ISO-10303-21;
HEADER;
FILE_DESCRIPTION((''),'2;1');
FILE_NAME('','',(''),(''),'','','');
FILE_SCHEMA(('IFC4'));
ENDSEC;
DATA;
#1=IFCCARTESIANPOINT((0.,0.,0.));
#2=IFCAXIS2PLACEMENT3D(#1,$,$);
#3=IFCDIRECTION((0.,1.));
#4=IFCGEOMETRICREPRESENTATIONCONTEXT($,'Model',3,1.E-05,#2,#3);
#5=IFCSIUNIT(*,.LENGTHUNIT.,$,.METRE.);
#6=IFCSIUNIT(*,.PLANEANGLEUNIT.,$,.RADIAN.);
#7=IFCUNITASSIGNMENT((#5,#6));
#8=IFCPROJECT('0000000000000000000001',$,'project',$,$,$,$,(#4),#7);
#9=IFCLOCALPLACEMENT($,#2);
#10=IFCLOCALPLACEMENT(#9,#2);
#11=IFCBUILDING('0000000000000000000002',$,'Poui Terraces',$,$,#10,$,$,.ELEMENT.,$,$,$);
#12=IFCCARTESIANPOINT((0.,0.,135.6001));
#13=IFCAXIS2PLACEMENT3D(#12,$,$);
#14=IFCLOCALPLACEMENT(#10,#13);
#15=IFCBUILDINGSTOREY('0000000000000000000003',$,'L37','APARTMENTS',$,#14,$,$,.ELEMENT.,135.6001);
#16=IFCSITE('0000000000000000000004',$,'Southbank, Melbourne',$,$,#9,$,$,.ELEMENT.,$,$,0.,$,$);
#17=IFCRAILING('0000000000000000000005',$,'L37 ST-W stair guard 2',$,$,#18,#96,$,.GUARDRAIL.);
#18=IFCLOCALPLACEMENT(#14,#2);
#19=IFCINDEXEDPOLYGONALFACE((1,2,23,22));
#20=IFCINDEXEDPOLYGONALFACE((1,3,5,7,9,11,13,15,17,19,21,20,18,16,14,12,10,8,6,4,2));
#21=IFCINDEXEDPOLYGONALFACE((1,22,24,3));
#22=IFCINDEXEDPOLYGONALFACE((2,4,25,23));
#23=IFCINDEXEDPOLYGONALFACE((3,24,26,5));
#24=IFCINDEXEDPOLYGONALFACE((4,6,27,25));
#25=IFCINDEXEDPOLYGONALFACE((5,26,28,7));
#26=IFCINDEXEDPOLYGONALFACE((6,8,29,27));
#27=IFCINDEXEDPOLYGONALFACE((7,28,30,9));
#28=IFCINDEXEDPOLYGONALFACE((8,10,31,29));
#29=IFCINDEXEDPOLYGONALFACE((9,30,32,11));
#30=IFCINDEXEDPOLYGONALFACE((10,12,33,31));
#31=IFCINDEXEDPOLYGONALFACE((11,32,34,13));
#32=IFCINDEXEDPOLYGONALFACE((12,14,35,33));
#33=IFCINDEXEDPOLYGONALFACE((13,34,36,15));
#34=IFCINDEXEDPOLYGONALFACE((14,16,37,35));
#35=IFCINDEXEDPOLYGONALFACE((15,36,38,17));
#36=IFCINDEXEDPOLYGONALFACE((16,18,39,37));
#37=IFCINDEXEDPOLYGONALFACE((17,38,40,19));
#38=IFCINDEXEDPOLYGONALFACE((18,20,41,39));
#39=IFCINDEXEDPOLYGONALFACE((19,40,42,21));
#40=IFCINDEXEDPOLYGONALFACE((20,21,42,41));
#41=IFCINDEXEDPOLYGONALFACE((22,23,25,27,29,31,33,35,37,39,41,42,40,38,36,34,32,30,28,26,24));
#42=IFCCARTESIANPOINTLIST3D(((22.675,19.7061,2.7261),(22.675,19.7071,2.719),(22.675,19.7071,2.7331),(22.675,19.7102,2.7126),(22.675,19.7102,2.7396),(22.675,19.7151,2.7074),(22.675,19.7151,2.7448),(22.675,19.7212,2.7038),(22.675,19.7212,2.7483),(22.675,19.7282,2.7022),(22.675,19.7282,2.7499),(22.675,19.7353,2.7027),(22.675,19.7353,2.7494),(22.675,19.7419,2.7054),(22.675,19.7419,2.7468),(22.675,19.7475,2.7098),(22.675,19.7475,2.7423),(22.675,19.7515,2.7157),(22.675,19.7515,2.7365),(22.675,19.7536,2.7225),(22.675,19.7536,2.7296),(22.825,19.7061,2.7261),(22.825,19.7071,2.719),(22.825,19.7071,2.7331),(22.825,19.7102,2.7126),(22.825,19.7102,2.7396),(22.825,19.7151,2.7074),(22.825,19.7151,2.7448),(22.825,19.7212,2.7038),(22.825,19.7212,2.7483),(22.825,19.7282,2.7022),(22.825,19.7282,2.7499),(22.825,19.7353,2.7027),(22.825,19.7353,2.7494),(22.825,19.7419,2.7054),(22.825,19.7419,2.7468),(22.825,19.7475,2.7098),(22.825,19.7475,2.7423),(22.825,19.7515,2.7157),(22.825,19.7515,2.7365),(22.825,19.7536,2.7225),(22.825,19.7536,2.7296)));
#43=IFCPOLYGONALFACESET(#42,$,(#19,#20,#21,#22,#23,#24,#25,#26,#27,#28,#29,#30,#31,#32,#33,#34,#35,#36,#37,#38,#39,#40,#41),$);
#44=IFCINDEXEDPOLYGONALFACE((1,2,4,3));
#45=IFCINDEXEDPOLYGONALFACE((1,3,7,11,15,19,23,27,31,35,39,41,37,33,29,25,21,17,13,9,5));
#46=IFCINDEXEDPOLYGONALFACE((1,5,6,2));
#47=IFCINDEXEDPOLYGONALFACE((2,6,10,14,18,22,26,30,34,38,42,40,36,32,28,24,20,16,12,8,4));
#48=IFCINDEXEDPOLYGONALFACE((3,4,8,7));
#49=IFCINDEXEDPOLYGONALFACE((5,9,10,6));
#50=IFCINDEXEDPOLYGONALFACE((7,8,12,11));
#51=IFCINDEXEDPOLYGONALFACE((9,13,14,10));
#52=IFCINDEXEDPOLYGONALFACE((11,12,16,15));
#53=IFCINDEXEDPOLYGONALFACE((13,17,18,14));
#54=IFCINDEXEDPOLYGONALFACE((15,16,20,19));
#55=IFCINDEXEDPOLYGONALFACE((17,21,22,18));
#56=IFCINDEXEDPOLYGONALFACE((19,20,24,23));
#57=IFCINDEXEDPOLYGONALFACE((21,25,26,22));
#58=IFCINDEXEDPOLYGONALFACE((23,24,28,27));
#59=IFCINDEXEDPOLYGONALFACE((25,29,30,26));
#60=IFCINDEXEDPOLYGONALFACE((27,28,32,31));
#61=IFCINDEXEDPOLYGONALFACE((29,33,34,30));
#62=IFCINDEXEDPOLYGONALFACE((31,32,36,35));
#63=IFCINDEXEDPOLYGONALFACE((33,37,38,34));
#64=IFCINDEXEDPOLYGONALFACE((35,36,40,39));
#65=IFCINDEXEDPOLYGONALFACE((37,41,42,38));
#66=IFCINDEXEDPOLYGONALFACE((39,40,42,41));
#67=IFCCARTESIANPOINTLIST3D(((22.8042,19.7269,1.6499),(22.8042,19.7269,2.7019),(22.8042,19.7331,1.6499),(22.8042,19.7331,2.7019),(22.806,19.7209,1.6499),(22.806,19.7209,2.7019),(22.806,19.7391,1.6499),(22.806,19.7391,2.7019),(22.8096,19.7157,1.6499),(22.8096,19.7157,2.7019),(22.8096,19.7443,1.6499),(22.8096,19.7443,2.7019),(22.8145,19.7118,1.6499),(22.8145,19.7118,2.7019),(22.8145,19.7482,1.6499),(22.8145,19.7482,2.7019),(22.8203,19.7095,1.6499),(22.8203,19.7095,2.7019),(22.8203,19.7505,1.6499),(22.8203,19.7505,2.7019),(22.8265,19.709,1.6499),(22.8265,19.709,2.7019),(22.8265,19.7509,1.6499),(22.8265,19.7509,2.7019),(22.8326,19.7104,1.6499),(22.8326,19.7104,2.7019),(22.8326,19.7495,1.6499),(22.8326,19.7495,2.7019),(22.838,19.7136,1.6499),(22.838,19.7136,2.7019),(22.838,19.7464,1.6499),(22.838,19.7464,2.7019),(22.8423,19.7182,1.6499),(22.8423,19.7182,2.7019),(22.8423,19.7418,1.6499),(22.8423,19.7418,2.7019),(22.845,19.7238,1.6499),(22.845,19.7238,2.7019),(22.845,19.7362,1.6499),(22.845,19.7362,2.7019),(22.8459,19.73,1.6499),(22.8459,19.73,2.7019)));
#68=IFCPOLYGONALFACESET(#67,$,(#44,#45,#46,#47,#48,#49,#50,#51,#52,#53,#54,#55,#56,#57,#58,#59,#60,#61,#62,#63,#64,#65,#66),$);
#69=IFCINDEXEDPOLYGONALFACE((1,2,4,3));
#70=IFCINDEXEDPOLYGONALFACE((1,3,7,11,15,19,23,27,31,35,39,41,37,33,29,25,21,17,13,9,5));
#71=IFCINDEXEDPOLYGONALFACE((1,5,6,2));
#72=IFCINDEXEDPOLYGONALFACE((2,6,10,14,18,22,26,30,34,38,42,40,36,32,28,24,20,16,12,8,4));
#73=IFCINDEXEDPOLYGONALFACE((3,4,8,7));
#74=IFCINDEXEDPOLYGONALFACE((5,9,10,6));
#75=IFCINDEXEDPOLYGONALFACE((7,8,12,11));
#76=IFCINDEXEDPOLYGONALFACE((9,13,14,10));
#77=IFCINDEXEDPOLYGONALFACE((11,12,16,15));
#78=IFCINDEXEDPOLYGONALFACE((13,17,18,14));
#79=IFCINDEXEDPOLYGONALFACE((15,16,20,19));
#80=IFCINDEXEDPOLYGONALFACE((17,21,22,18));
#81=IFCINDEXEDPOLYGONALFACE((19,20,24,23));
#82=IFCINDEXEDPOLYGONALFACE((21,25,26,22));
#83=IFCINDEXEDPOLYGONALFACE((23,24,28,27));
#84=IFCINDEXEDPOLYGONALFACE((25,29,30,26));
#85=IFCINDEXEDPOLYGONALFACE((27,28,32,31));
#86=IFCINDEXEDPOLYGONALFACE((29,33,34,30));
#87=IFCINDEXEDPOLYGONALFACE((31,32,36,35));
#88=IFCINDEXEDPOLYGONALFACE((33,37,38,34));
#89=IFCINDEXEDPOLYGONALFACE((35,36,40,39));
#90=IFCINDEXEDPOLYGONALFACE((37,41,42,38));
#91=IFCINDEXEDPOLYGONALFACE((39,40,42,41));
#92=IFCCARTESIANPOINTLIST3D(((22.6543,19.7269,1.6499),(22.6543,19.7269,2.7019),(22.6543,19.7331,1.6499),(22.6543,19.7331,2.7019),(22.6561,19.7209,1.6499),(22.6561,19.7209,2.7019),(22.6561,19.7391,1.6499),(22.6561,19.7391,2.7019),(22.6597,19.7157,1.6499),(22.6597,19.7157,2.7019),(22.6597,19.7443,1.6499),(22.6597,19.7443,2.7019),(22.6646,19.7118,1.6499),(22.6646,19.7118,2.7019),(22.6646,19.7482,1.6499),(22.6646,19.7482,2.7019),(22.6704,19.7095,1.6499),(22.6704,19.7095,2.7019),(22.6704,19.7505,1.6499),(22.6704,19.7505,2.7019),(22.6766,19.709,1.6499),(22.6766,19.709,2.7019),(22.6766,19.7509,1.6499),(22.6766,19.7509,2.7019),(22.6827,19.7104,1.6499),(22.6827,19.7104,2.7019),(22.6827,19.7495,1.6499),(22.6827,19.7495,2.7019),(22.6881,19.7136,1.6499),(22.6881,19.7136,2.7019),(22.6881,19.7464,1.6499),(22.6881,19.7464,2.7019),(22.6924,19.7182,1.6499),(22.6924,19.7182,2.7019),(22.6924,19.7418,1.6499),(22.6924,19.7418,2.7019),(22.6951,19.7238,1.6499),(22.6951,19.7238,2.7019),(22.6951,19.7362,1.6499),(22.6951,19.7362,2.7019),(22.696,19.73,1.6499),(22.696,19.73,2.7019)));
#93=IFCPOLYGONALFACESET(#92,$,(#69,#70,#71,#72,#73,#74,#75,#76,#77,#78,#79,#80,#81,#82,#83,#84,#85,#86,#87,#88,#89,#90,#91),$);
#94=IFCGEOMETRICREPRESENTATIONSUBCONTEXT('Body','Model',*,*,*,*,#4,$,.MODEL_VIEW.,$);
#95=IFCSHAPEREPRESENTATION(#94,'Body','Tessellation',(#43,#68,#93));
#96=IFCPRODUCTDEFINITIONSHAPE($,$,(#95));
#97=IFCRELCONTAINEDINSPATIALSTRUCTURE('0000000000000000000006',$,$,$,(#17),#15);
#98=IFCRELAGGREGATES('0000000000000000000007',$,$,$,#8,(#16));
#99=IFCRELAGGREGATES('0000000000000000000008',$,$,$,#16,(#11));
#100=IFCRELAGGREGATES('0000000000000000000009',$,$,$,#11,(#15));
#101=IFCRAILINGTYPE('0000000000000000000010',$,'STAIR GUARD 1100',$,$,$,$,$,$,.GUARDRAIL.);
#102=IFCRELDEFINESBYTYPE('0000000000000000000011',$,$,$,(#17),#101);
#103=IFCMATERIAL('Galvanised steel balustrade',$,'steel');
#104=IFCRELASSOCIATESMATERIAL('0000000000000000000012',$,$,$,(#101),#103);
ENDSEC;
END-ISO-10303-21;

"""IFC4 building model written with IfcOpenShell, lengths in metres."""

from ifc_helpers import new_model, si_unit, direction, frame, origin, origin_2d, place, context, subcontext, project, spatial, circle, extrude, material, type_object, element, save


model = new_model("IFC4")

# Units and contexts
model_context = context("Model", 3, precision=1e-05, world=origin(), true_north=direction((0.0, 1.0)))
body_context = subcontext(model_context, "Body", "Model", "MODEL_VIEW")
ifc_project = project(units=[si_unit("LENGTHUNIT", "METRE"), si_unit("PLANEANGLEUNIT", "RADIAN")], contexts=[model_context])

# Site, building, storey
site_placement = place(None, origin())
site = spatial("IfcSite", under=ifc_project, at=site_placement, Name="Southbank, Melbourne", CompositionType="ELEMENT", RefElevation=0.0)
building_placement = place(site_placement, origin())
building = spatial("IfcBuilding", under=site, at=building_placement, Name="Poui Terraces", CompositionType="ELEMENT")
storey_placement = place(building_placement, frame((0.0, 0.0, 135.6001)))
storey = spatial("IfcBuildingStorey", under=building, at=storey_placement, Name="L37", Description="APARTMENTS", CompositionType="ELEMENT", Elevation=135.6001)

# Railing
ifc_material_1 = material(Name="Galvanised steel balustrade", Category="steel")
railing_type_1 = type_object("IfcRailingType", Name="STAIR GUARD 1100", PredefinedType="GUARDRAIL", material=ifc_material_1)
railing_1_placement = place(storey_placement, frame((22.825, 19.73, 1.6499)))
element("IfcRailing", 1, at=railing_1_placement, inside=storey, type_object=railing_type_1, Name="L37 ST-W stair guard 2", PredefinedType="GUARDRAIL", context=body_context, shape_type="SweptSolid", body=[
    extrude(circle(Radius=0.0239, at=origin_2d()), frame((0.0, 0.0, 1.0762), z_axis=(-1.0, 0.0, 0.0), x_axis=(0.0, -1.0, 0.0)), (0.0, 0.0, 1.0), 0.1499),
    extrude(circle(Radius=0.021, at=origin_2d()), origin(), (0.0, 0.0, 1.0), 1.052),
    extrude(circle(Radius=0.021, at=origin_2d()), frame((-0.1499, 0.0, 0.0)), (0.0, 0.0, 1.0), 1.052),
])

save(model, "model.ifc")
